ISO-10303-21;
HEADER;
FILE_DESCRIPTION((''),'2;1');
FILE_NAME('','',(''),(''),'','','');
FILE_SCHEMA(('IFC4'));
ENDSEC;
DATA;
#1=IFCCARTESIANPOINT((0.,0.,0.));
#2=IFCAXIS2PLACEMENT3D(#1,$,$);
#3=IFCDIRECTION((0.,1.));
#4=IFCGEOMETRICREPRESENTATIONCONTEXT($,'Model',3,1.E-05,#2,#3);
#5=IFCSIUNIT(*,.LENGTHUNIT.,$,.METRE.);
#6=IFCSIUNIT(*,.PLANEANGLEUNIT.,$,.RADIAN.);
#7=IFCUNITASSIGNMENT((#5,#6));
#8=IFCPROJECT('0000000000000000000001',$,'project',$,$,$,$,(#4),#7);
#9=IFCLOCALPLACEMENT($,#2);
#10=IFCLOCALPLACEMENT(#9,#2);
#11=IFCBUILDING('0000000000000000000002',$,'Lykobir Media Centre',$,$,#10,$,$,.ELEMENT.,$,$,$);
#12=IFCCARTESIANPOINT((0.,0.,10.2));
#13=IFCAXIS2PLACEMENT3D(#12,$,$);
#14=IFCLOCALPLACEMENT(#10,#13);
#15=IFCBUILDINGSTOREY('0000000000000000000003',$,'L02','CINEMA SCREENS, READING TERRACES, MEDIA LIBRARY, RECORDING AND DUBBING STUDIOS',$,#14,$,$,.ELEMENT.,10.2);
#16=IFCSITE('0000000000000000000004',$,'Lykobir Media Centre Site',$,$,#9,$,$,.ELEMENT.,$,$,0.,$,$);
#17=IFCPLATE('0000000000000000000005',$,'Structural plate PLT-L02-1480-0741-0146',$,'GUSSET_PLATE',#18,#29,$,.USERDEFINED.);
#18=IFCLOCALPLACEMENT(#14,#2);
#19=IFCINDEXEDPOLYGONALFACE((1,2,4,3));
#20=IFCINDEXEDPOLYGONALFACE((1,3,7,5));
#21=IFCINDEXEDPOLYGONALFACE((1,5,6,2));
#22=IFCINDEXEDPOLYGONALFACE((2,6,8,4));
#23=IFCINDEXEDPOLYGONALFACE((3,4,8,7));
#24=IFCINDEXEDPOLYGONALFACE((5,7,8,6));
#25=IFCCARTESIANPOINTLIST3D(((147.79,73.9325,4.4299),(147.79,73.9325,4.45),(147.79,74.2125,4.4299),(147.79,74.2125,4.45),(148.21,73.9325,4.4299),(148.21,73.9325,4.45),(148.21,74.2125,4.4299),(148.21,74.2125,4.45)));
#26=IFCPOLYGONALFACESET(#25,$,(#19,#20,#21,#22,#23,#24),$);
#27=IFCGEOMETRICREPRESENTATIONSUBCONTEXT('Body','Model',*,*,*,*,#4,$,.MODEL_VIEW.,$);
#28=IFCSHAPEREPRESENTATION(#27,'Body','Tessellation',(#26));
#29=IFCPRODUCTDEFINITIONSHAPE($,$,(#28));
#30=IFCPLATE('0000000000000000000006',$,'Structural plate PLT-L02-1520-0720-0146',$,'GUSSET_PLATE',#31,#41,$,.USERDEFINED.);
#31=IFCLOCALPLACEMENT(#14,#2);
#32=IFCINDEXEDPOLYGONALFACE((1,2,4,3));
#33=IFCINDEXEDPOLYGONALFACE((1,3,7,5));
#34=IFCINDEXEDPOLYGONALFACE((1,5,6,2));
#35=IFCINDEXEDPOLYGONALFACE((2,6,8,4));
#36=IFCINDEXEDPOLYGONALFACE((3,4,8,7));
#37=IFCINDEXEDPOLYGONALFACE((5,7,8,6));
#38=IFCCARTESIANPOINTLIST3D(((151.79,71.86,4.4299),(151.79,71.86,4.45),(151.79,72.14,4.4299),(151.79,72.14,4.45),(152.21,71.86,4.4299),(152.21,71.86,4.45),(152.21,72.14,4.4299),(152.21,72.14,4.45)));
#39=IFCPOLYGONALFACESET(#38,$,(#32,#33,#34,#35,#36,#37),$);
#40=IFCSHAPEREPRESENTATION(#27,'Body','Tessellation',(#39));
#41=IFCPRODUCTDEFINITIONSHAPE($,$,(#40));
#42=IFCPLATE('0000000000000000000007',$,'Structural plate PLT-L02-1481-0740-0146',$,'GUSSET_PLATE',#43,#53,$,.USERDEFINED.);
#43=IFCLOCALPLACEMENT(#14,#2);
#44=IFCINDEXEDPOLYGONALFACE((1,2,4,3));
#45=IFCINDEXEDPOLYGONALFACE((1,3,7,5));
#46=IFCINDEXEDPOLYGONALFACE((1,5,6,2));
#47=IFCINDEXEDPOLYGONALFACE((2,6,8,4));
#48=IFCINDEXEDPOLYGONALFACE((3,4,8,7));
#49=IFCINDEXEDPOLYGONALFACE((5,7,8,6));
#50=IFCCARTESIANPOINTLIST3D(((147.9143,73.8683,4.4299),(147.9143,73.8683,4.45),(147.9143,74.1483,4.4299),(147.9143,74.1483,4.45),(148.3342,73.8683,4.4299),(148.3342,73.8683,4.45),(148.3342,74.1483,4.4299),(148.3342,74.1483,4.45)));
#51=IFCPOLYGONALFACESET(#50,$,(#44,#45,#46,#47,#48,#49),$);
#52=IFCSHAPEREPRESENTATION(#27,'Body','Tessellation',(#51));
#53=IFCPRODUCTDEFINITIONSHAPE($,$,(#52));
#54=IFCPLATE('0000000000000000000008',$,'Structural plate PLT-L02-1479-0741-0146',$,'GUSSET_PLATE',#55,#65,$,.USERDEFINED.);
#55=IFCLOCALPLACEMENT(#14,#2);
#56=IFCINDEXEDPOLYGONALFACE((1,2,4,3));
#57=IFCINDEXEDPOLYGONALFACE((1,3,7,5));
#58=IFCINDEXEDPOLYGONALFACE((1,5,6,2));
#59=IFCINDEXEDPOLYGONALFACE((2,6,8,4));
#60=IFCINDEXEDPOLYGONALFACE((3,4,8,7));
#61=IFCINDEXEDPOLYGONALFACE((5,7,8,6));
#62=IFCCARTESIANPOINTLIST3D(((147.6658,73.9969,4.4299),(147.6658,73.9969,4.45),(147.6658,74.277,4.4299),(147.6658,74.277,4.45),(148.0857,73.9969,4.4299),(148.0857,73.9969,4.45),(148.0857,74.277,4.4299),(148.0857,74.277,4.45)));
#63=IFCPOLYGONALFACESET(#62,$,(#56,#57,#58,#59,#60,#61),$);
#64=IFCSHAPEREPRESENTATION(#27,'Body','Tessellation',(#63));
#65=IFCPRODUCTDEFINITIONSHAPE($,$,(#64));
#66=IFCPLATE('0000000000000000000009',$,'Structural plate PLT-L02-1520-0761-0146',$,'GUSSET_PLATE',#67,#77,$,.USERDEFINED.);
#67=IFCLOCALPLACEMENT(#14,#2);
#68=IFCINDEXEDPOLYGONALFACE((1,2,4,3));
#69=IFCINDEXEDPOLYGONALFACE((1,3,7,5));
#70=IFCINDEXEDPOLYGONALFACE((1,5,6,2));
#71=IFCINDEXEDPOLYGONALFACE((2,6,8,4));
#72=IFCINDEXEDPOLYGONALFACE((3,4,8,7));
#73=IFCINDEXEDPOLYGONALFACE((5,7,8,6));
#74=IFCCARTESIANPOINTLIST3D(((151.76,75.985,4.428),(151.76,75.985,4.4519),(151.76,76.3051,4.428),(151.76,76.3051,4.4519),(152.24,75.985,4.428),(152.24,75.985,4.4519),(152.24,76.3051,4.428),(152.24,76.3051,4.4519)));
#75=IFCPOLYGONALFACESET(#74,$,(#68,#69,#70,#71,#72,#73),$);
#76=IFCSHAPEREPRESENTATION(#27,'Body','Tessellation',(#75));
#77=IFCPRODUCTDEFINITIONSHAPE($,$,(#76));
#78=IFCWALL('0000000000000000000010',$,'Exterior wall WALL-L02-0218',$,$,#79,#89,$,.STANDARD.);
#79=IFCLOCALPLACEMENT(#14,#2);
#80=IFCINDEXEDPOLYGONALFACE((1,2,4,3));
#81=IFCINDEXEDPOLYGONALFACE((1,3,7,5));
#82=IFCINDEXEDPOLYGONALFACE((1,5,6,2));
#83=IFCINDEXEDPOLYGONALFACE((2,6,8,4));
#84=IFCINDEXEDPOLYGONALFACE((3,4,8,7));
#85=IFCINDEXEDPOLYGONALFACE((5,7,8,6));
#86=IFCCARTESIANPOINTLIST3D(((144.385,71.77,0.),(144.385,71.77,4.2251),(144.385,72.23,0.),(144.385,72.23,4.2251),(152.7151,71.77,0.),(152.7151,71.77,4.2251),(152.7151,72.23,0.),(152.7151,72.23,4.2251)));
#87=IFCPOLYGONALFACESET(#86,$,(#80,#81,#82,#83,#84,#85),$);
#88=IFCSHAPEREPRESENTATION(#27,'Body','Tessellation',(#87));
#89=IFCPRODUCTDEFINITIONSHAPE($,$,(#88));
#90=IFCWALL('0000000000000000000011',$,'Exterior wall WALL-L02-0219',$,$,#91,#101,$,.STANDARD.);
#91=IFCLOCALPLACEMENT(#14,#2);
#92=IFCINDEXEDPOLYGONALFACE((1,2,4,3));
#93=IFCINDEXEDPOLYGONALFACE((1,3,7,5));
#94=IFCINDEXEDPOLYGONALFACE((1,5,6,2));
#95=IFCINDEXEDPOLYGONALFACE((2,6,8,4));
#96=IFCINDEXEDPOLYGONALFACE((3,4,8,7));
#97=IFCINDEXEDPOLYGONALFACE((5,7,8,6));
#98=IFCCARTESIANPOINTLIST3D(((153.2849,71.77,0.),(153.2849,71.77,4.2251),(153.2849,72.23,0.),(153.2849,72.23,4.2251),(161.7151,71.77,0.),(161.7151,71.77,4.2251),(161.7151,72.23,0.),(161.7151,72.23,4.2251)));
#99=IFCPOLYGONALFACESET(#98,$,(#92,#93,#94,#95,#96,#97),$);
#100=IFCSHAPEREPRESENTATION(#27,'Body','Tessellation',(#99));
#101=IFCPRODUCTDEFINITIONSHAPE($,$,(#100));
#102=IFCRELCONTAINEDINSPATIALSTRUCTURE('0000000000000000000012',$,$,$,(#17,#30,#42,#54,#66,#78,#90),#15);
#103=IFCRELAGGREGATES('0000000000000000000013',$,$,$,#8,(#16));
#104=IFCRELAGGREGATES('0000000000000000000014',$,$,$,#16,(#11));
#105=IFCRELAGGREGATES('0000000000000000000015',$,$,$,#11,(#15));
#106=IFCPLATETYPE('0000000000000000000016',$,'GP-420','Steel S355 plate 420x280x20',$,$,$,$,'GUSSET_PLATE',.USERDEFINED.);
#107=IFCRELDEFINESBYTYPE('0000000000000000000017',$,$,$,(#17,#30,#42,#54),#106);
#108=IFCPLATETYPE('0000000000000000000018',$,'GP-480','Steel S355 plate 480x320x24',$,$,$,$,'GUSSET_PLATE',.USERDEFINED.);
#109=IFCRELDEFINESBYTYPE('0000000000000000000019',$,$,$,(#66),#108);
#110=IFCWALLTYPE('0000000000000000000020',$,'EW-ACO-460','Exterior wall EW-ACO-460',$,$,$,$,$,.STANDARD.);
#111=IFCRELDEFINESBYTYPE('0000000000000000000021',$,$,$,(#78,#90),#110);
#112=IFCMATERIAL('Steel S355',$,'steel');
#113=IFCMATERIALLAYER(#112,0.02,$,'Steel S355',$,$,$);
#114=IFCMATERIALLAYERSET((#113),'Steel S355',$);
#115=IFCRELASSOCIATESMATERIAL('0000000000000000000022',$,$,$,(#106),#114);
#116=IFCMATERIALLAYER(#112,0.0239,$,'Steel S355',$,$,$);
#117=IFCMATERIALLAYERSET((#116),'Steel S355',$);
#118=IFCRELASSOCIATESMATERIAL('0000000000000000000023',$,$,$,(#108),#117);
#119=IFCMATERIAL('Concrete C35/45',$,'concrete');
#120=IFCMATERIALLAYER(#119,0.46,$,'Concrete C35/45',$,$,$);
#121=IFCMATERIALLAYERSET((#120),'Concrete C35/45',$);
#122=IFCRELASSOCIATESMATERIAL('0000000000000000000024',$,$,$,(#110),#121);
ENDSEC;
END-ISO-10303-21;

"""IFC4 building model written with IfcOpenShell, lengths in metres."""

from ifc_helpers import new_model, si_unit, direction, frame, frame_2d, origin, origin_2d, place, context, subcontext, project, spatial, rectangle, extrude, material, layer, layer_set, type_object, element, save


model = new_model("IFC4")

# Units and contexts
model_context = context("Model", 3, precision=1e-05, world=origin(), true_north=direction((0.0, 1.0)))
body_context = subcontext(model_context, "Body", "Model", "MODEL_VIEW")
ifc_project = project(units=[si_unit("LENGTHUNIT", "METRE"), si_unit("PLANEANGLEUNIT", "RADIAN")], contexts=[model_context])

# Site, building, storey
site_placement = place(None, origin())
site = spatial("IfcSite", under=ifc_project, at=site_placement, Name="Lykobir Media Centre Site", CompositionType="ELEMENT", RefElevation=0.0)
building_placement = place(site_placement, origin())
building = spatial("IfcBuilding", under=site, at=building_placement, Name="Lykobir Media Centre", CompositionType="ELEMENT")
storey_placement = place(building_placement, frame((0.0, 0.0, 10.2)))
storey = spatial("IfcBuildingStorey", under=building, at=storey_placement, Name="L02", Description="CINEMA SCREENS, READING TERRACES, MEDIA LIBRARY, RECORDING AND DUBBING STUDIOS", CompositionType="ELEMENT", Elevation=10.2)

# Shared definitions
ifc_material_1 = material(Name="Steel S355", Category="steel")

# Plates
ifc_layer_1 = layer(ifc_material_1, 0.02, Name="Steel S355")
ifc_layer_set_1 = layer_set([ifc_layer_1], Name="Steel S355")
plate_type_1 = type_object("IfcPlateType", Name="GP-420", Description="Steel S355 plate 420x280x20", ElementType="GUSSET_PLATE", PredefinedType="USERDEFINED", material=ifc_layer_set_1)
for number, where, z_axis, x_axis, name in (
    (1, (148.0, 74.0725, 4.4299), (0.0, 0.0, 1.0), (1.0, 0.0, 0.0), "Structural plate PLT-L02-1480-0741-0146"),
    (2, (152.0, 72.0, 4.4299), (0.0, 0.0, 1.0), (1.0, 0.0, 0.0), "Structural plate PLT-L02-1520-0720-0146"),
    (3, (148.1243, 74.0083, 4.4299), (0.0, 0.0, 1.0), (1.0, 0.0, 0.0), "Structural plate PLT-L02-1481-0740-0146"),
    (4, (147.8757, 74.137, 4.4299), (0.0, 0.0, 1.0), (1.0, 0.0, 0.0), "Structural plate PLT-L02-1479-0741-0146"),
):
    element("IfcPlate", number, at=place(storey_placement, frame(where, z_axis=z_axis, x_axis=x_axis)), inside=storey, type_object=plate_type_1, Name=name, ObjectType="GUSSET_PLATE", PredefinedType="USERDEFINED", context=body_context, shape_type="SweptSolid", body=[
        extrude(rectangle(XDim=0.4199, YDim=0.28, at=origin_2d()), origin(), (0.0, 0.0, 1.0), 0.02),
    ])
ifc_layer_2 = layer(ifc_material_1, 0.0239, Name="Steel S355")
ifc_layer_set_2 = layer_set([ifc_layer_2], Name="Steel S355")
plate_type_2 = type_object("IfcPlateType", Name="GP-480", Description="Steel S355 plate 480x320x24", ElementType="GUSSET_PLATE", PredefinedType="USERDEFINED", material=ifc_layer_set_2)
plate_1_placement = place(storey_placement, frame((152.0, 76.145, 4.428), z_axis=(0.0, 0.0, 1.0), x_axis=(1.0, 0.0, 0.0)))
element("IfcPlate", 5, at=plate_1_placement, inside=storey, type_object=plate_type_2, Name="Structural plate PLT-L02-1520-0761-0146", ObjectType="GUSSET_PLATE", PredefinedType="USERDEFINED", context=body_context, shape_type="SweptSolid", body=[
    extrude(rectangle(XDim=0.48, YDim=0.3201, at=origin_2d()), origin(), (0.0, 0.0, 1.0), 0.0239),
])

# Walls
ifc_material_2 = material(Name="Concrete C35/45", Category="concrete")
ifc_layer_3 = layer(ifc_material_2, 0.46, Name="Concrete C35/45")
ifc_layer_set_3 = layer_set([ifc_layer_3], Name="Concrete C35/45")
wall_type = type_object("IfcWallType", Name="EW-ACO-460", Description="Exterior wall EW-ACO-460", PredefinedType="STANDARD", material=ifc_layer_set_3)
wall_1_placement = place(storey_placement, frame((144.385, 72.0, 0.0), z_axis=(0.0, 0.0, 1.0), x_axis=(1.0, 0.0, 0.0)))
element("IfcWall", 6, at=wall_1_placement, inside=storey, type_object=wall_type, Name="Exterior wall WALL-L02-0218", PredefinedType="STANDARD", context=body_context, shape_type="SweptSolid", body=[
    extrude(rectangle(XDim=8.3301, YDim=0.46, at=frame_2d((4.165, 0.0))), origin(), (0.0, 0.0, 1.0), 4.2251),
])
wall_2_placement = place(storey_placement, frame((153.2849, 72.0, 0.0), z_axis=(0.0, 0.0, 1.0), x_axis=(1.0, 0.0, 0.0)))
element("IfcWall", 7, at=wall_2_placement, inside=storey, type_object=wall_type, Name="Exterior wall WALL-L02-0219", PredefinedType="STANDARD", context=body_context, shape_type="SweptSolid", body=[
    extrude(rectangle(XDim=8.4302, YDim=0.46, at=frame_2d((4.2151, 0.0))), origin(), (0.0, 0.0, 1.0), 4.2251),
])

save(model, "model.ifc")
